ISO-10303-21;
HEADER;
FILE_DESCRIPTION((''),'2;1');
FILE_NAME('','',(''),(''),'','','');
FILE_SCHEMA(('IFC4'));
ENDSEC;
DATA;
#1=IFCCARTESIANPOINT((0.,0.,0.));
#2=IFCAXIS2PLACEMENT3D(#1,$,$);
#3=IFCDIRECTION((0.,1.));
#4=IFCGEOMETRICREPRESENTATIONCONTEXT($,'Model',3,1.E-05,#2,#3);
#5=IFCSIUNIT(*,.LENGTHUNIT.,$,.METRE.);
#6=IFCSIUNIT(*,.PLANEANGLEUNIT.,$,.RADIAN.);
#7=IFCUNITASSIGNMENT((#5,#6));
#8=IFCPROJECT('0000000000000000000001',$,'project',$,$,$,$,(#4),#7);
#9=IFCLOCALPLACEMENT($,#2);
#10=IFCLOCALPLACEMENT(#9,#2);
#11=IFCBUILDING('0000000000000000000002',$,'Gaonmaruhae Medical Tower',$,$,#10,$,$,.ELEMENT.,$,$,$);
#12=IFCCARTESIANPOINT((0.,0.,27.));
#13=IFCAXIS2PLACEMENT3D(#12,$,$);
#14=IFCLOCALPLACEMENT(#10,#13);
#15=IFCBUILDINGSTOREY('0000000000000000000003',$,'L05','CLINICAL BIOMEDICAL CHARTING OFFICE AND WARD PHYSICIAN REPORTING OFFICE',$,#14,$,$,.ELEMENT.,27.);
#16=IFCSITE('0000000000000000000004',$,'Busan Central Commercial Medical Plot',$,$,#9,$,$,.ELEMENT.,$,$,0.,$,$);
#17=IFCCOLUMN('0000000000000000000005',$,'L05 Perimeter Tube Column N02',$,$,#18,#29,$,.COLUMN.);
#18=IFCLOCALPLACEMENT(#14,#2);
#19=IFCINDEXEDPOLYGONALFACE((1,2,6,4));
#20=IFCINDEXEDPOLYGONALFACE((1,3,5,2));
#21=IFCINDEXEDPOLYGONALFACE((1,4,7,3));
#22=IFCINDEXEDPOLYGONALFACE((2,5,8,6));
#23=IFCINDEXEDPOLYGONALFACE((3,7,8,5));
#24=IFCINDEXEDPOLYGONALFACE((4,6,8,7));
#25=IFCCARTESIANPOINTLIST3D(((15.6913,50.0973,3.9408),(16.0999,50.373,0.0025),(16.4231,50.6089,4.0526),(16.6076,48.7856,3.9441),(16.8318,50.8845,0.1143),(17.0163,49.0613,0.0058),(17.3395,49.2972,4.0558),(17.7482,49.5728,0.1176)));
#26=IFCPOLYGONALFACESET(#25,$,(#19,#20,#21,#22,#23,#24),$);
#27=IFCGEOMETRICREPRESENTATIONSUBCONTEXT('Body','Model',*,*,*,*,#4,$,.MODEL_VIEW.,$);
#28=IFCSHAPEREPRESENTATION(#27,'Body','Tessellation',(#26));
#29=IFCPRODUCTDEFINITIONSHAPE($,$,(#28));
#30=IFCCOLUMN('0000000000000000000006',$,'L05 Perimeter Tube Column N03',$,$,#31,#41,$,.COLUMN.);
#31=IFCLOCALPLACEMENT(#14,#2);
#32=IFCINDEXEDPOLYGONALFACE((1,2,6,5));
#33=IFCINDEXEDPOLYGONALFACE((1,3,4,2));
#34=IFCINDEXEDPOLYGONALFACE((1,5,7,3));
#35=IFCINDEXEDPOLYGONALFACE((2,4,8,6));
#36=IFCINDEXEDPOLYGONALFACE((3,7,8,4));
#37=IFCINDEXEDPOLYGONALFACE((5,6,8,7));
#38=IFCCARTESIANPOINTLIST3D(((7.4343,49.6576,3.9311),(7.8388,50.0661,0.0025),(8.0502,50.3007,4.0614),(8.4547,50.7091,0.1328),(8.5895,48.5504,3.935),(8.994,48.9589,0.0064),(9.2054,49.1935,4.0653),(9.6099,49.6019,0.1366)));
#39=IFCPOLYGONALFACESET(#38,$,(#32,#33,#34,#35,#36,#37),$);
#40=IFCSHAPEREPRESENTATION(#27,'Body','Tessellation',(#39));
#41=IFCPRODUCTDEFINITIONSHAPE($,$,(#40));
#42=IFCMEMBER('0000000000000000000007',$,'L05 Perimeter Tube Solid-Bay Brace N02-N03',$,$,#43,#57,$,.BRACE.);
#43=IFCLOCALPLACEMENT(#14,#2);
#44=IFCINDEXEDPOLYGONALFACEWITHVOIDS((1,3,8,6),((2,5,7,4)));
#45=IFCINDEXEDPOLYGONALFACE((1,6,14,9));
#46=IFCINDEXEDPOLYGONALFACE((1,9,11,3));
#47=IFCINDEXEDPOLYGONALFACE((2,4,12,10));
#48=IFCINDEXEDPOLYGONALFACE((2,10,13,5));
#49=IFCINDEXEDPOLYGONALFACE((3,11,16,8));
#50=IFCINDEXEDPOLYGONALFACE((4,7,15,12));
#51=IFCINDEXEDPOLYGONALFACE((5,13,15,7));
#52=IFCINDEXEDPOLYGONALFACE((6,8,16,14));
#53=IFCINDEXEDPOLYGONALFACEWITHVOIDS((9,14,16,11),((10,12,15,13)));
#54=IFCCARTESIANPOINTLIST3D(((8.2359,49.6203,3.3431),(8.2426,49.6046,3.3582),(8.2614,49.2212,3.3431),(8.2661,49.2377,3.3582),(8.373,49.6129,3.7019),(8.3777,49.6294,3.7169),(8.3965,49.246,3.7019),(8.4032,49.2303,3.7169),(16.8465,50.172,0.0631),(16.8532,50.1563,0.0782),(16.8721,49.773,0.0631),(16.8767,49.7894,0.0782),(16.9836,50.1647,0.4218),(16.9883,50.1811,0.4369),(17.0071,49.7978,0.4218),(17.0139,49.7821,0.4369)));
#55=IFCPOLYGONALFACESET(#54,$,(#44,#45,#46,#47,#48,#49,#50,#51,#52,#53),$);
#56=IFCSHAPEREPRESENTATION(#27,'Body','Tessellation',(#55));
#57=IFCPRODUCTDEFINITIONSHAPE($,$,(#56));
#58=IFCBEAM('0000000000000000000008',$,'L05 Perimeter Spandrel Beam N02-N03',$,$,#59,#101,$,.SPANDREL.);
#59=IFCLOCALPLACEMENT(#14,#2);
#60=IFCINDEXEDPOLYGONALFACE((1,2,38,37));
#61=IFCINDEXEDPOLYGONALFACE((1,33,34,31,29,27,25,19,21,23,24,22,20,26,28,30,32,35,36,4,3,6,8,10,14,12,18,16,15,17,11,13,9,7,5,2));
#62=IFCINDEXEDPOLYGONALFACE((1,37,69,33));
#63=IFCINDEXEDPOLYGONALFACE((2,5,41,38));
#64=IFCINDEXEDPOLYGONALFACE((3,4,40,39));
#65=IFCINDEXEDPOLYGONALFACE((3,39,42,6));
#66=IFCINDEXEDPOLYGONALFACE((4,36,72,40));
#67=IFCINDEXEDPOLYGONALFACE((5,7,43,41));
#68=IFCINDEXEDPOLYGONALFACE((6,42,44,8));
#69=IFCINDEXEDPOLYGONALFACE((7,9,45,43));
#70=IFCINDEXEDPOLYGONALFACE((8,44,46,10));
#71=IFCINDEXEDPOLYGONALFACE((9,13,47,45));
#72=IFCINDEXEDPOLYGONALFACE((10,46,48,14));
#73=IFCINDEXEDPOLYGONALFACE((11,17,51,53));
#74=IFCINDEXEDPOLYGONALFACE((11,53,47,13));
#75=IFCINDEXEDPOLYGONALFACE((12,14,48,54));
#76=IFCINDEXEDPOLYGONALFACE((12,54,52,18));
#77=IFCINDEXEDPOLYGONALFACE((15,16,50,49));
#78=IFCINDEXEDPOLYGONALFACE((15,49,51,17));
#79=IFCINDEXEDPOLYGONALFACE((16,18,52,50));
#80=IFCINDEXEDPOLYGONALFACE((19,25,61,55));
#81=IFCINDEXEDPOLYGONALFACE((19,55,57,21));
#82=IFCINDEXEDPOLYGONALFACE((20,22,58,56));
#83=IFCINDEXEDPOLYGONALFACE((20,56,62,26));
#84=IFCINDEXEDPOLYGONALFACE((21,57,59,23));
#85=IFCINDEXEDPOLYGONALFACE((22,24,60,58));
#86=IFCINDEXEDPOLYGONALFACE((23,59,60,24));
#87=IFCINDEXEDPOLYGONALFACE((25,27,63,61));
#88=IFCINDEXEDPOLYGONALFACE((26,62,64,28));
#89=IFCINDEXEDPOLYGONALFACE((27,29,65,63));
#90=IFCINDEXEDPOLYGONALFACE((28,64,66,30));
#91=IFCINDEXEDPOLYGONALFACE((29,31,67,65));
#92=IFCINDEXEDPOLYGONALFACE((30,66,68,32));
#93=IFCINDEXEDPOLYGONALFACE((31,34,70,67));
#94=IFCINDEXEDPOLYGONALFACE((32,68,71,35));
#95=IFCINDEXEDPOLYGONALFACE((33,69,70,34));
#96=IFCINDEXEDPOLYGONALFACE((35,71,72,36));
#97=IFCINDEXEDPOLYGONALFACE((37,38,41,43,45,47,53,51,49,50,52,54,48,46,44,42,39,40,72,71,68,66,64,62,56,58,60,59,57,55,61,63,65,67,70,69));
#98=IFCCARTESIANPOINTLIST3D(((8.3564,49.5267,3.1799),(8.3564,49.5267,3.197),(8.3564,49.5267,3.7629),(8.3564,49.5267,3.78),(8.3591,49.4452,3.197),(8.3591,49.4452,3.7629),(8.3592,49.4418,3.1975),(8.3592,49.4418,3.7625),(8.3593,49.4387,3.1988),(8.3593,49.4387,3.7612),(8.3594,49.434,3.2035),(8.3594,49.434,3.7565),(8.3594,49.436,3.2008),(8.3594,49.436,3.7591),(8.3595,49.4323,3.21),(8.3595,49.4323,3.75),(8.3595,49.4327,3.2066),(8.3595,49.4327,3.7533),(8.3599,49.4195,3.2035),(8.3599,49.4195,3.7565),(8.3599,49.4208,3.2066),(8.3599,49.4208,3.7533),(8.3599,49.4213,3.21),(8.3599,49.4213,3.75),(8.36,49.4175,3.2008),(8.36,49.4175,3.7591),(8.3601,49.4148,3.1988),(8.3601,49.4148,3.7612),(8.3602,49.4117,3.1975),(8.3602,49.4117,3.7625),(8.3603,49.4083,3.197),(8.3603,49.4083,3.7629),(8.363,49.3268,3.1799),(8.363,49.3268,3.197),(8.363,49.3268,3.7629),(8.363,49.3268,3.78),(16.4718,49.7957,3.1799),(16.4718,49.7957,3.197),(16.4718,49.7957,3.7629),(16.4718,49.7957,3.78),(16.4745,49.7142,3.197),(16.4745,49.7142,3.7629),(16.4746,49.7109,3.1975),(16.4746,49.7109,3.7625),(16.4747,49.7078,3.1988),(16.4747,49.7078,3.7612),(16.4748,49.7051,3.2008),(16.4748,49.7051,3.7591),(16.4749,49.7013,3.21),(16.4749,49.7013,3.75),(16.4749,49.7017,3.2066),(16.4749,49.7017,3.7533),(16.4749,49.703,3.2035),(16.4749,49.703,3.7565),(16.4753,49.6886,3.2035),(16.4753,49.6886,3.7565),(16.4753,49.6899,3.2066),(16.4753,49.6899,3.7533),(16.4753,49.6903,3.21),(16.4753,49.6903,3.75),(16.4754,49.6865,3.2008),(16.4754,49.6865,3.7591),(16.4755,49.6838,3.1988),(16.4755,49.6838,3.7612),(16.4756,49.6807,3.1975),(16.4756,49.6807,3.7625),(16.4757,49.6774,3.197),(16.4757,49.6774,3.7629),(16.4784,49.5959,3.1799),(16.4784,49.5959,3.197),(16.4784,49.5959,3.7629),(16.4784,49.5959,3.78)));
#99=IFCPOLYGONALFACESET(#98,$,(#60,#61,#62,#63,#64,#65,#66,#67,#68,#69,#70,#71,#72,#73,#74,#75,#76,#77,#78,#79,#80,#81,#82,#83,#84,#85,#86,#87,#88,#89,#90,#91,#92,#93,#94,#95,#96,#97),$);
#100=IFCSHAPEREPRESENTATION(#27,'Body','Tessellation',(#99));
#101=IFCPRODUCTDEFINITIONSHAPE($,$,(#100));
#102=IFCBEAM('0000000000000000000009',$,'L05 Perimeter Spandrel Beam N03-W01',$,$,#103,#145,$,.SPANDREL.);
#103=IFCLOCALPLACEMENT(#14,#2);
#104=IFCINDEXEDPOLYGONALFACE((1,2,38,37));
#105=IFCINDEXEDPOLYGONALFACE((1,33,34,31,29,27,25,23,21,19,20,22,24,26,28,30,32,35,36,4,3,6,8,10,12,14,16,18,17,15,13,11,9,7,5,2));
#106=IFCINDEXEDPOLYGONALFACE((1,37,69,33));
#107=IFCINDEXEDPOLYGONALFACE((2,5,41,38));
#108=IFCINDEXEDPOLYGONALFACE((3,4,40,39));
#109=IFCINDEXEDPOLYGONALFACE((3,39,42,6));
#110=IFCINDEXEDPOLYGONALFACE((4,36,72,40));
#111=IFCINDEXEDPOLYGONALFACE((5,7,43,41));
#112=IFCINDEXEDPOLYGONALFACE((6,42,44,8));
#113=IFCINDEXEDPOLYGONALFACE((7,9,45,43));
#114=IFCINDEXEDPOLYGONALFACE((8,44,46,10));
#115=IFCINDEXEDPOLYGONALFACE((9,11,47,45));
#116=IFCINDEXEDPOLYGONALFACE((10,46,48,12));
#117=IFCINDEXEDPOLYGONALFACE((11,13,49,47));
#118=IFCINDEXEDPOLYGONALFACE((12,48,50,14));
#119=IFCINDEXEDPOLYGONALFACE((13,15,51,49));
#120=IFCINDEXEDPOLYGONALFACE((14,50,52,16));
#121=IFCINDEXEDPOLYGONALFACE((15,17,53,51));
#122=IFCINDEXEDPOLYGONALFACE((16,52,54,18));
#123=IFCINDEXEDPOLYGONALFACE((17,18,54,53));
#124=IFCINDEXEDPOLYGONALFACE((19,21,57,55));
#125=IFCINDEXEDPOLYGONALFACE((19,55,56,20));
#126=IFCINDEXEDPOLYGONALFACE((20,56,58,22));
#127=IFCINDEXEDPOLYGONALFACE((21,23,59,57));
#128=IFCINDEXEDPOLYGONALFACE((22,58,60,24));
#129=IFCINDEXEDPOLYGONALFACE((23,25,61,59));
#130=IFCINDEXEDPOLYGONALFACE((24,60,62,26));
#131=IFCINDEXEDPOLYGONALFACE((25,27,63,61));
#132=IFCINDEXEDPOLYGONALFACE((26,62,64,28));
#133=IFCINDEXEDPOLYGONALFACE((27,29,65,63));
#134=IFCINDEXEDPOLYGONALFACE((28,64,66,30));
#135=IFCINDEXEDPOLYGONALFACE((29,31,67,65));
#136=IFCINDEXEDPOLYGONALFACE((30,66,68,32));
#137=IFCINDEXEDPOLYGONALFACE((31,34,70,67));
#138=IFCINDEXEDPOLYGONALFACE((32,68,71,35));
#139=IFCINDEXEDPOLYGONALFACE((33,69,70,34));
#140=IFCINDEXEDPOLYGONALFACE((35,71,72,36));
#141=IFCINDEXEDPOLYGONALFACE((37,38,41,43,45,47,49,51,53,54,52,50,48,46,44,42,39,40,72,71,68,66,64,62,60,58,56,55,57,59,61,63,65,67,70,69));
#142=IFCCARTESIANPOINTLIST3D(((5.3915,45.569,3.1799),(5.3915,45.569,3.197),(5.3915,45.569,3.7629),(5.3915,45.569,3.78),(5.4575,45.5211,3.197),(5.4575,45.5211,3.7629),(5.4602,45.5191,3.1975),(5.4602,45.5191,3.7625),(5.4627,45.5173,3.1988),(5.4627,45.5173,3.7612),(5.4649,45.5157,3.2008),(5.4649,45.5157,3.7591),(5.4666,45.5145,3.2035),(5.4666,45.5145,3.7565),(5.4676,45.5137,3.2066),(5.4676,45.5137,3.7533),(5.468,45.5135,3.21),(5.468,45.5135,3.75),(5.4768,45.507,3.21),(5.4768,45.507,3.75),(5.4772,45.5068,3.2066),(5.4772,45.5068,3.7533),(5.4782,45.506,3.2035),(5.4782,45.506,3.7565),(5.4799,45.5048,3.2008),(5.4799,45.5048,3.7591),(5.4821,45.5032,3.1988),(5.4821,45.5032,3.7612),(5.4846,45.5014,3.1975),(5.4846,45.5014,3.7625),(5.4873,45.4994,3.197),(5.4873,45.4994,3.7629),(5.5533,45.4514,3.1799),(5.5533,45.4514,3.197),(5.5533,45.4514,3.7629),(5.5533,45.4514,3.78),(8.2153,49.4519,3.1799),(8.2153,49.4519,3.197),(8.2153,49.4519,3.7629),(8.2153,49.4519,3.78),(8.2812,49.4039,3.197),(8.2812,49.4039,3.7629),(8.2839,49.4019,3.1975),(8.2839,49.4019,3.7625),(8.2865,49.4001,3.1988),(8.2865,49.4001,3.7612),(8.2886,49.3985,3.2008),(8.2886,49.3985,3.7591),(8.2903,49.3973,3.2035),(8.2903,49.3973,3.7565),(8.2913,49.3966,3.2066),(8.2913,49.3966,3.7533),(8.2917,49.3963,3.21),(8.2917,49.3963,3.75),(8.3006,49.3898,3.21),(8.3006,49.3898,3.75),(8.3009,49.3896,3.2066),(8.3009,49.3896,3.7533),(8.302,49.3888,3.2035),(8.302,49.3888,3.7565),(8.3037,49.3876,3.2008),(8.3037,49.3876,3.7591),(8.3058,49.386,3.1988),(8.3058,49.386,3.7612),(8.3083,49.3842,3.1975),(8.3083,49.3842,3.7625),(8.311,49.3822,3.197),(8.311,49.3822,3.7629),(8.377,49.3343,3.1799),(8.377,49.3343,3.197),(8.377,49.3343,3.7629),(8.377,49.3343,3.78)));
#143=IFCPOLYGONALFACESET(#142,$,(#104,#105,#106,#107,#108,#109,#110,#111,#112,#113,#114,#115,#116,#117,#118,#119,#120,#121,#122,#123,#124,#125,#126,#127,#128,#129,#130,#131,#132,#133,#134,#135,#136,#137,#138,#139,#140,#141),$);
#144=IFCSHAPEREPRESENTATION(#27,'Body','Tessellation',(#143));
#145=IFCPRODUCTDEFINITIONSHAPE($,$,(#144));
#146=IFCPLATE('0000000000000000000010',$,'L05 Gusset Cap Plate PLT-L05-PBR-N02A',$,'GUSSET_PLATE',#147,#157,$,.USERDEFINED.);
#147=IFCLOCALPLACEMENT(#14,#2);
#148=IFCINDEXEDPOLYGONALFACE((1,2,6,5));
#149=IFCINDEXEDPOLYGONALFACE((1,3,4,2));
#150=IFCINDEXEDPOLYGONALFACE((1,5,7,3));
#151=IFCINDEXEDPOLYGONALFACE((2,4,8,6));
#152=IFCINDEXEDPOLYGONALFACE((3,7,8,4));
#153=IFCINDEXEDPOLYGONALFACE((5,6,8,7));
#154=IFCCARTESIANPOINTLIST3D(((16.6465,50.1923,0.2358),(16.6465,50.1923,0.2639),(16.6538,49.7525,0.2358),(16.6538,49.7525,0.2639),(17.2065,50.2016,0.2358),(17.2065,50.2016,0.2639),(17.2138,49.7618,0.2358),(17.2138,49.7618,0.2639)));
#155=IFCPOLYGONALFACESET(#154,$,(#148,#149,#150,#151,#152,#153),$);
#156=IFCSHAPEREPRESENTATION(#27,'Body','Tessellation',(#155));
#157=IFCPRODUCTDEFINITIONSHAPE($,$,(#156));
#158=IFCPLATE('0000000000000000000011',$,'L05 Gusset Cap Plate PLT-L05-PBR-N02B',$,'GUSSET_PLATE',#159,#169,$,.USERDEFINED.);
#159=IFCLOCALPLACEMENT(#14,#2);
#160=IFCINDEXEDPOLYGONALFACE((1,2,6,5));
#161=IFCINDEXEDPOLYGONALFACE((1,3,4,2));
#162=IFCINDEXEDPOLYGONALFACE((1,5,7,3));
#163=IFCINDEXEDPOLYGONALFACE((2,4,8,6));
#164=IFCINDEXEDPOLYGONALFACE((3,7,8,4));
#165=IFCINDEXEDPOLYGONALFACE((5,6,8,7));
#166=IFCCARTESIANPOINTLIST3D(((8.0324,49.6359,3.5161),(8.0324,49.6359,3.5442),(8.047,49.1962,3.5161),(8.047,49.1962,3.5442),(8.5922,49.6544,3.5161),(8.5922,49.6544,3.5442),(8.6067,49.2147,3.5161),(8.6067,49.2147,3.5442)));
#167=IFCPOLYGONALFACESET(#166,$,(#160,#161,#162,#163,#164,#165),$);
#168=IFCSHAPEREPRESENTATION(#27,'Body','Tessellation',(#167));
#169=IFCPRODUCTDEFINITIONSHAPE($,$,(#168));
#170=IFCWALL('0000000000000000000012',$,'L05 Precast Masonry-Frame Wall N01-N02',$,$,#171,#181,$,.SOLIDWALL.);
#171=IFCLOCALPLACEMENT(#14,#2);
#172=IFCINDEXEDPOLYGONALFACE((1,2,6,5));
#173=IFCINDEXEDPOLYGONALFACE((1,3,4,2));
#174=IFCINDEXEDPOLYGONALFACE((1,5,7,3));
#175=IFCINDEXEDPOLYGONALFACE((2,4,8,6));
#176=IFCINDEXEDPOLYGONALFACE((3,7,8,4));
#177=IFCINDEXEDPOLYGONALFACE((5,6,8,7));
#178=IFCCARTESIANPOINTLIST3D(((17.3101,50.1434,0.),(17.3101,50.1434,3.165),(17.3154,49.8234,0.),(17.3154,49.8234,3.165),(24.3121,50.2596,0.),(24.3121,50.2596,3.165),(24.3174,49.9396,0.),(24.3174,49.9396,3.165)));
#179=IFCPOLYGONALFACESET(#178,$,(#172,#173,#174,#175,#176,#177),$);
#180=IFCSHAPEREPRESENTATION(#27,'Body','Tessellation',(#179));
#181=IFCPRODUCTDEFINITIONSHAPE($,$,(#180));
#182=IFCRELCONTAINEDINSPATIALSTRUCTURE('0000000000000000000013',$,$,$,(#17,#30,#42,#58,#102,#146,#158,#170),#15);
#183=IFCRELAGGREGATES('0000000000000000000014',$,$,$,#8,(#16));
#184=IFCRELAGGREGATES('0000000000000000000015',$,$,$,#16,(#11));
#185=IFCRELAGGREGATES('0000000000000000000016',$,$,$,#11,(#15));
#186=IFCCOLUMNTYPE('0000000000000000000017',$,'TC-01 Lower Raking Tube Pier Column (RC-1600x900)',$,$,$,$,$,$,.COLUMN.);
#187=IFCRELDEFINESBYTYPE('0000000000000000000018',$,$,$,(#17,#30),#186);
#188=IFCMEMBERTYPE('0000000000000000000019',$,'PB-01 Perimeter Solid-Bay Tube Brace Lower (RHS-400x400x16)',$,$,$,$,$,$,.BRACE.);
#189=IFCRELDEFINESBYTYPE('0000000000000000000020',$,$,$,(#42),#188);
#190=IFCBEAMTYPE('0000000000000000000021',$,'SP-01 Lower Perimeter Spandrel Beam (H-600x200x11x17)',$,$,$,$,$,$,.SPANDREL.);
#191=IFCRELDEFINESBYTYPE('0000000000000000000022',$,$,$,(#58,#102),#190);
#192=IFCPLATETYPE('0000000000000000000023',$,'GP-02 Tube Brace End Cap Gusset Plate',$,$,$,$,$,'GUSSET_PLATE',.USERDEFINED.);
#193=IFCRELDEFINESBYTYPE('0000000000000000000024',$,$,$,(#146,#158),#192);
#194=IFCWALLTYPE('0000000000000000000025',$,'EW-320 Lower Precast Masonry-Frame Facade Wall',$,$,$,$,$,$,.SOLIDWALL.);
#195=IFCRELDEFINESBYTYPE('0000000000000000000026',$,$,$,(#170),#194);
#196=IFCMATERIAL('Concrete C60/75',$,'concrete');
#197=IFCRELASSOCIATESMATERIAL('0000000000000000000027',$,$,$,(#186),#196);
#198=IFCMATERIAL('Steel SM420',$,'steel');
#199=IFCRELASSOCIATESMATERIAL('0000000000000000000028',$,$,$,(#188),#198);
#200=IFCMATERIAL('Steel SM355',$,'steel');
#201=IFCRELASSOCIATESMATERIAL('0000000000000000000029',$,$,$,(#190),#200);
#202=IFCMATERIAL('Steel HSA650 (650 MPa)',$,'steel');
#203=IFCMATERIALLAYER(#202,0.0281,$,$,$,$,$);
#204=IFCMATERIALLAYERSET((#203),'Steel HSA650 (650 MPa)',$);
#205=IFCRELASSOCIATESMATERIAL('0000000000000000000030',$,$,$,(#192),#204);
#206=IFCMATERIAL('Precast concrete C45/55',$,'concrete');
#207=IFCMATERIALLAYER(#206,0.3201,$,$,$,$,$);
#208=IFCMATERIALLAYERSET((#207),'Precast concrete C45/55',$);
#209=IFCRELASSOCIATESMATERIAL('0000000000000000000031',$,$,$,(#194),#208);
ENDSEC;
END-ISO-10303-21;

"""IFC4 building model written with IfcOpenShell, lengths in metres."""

from ifc_helpers import new_model, si_unit, direction, frame, frame_2d, origin, origin_2d, place, context, subcontext, project, spatial, rectangle, hollow_rectangle, i_section, extrude, material, layer, layer_set, material_profile, profile_set, type_object, element, save


model = new_model("IFC4")

# Units and contexts
model_context = context("Model", 3, precision=1e-05, world=origin(), true_north=direction((0.0, 1.0)))
body_context = subcontext(model_context, "Body", "Model", "MODEL_VIEW")
ifc_project = project(units=[si_unit("LENGTHUNIT", "METRE"), si_unit("PLANEANGLEUNIT", "RADIAN")], contexts=[model_context])

# Site, building, storey
site_placement = place(None, origin())
site = spatial("IfcSite", under=ifc_project, at=site_placement, Name="Busan Central Commercial Medical Plot", CompositionType="ELEMENT", RefElevation=0.0)
building_placement = place(site_placement, origin())
building = spatial("IfcBuilding", under=site, at=building_placement, Name="Gaonmaruhae Medical Tower", CompositionType="ELEMENT")
storey_placement = place(building_placement, frame((0.0, 0.0, 27.0)))
storey = spatial("IfcBuildingStorey", under=building, at=storey_placement, Name="L05", Description="CLINICAL BIOMEDICAL CHARTING OFFICE AND WARD PHYSICIAN REPORTING OFFICE", CompositionType="ELEMENT", Elevation=27.0)

# Columns
ifc_material_1 = material(Name="Concrete C60/75", Category="concrete")
ifc_material_profile_1 = material_profile(ifc_material_1, rectangle(XDim=1.6001, YDim=0.8999, at=origin_2d()), Name="RC-1600x900")
ifc_profile_set_1 = profile_set([ifc_material_profile_1], Name="Concrete C60/75")
column_type = type_object("IfcColumnType", Name="TC-01 Lower Raking Tube Pier Column (RC-1600x900)", PredefinedType="COLUMN", material=ifc_profile_set_1)
column_1_placement = place(storey_placement, frame((16.9241, 49.9729, 0.0601), z_axis=(-0.102972, -0.069448, 0.992257), x_axis=(0.572712, -0.819754, 0.002059)))
element("IfcColumn", 1, at=column_1_placement, inside=storey, type_object=column_type, Name="L05 Perimeter Tube Column N02", PredefinedType="COLUMN", context=body_context, shape_type="SweptSolid", body=[
    extrude(rectangle(XDim=1.6001, YDim=0.8999, at=origin_2d()), origin(), (0.0, 0.0, 1.0), 3.969),
])
column_2_placement = place(storey_placement, frame((8.7244, 49.834, 0.0696), z_axis=(-0.101885, -0.102869, 0.989463), x_axis=(0.721943, -0.691949, 0.002401)))
element("IfcColumn", 2, at=column_2_placement, inside=storey, type_object=column_type, Name="L05 Perimeter Tube Column N03", PredefinedType="COLUMN", context=body_context, shape_type="SweptSolid", body=[
    extrude(rectangle(XDim=1.6001, YDim=0.8999, at=origin_2d()), origin(), (0.0, 0.0, 1.0), 3.9705),
])

# Member
ifc_material_2 = material(Name="Steel SM420", Category="steel")
ifc_material_profile_2 = material_profile(ifc_material_2, hollow_rectangle(XDim=0.3999, YDim=0.3999, WallThickness=0.0161, at=origin_2d()), Name="RHS-400x400x16")
ifc_profile_set_2 = profile_set([ifc_material_profile_2], Name="Steel SM420")
member_type = type_object("IfcMemberType", Name="PB-01 Perimeter Solid-Bay Tube Brace Lower (RHS-400x400x16)", PredefinedType="BRACE", material=ifc_profile_set_2)
member_placement = place(storey_placement, frame((16.9302, 49.9771, 0.25), z_axis=(-0.932824, -0.059774, 0.35534), x_axis=(0.063948, -0.997953, 0.0)))
element("IfcMember", 3, at=member_placement, inside=storey, type_object=member_type, Name="L05 Perimeter Tube Solid-Bay Brace N02-N03", PredefinedType="BRACE", context=body_context, shape_type="SweptSolid", body=[
    extrude(hollow_rectangle(XDim=0.3999, YDim=0.3999, WallThickness=0.0161, at=origin_2d()), origin(), (0.0, 0.0, 1.0), 9.2307),
])

# Beams
ifc_material_3 = material(Name="Steel SM355", Category="steel")
ifc_material_profile_3 = material_profile(ifc_material_3, i_section(OverallWidth=0.2, OverallDepth=0.6001, WebThickness=0.011, FlangeThickness=0.0171, FilletRadius=0.0129, at=origin_2d()), Name="H-600x200x11x17")
ifc_profile_set_3 = profile_set([ifc_material_profile_3], Name="Steel SM355")
beam_type = type_object("IfcBeamType", Name="SP-01 Lower Perimeter Spandrel Beam (H-600x200x11x17)", PredefinedType="SPANDREL", material=ifc_profile_set_3)
beam_1_placement = place(storey_placement, frame((16.4751, 49.6958, 3.48), z_axis=(-0.999451, -0.033134, 0.0), x_axis=(0.033134, -0.999451, 0.0)))
element("IfcBeam", 4, at=beam_1_placement, inside=storey, type_object=beam_type, Name="L05 Perimeter Spandrel Beam N02-N03", PredefinedType="SPANDREL", context=body_context, shape_type="SweptSolid", body=[
    extrude(i_section(OverallWidth=0.2, OverallDepth=0.6001, WebThickness=0.011, FlangeThickness=0.0171, FilletRadius=0.0129, at=origin_2d()), origin(), (0.0, 0.0, 1.0), 8.1199),
])
beam_2_placement = place(storey_placement, frame((8.2961, 49.3931, 3.48), z_axis=(-0.588154, -0.808749, 0.0), x_axis=(0.808749, -0.588154, 0.0)))
element("IfcBeam", 5, at=beam_2_placement, inside=storey, type_object=beam_type, Name="L05 Perimeter Spandrel Beam N03-W01", PredefinedType="SPANDREL", context=body_context, shape_type="SweptSolid", body=[
    extrude(i_section(OverallWidth=0.2, OverallDepth=0.6001, WebThickness=0.011, FlangeThickness=0.0171, FilletRadius=0.0129, at=origin_2d()), origin(), (0.0, 0.0, 1.0), 4.801),
])

# Plates
ifc_material_4 = material(Name="Steel HSA650 (650 MPa)", Category="steel")
ifc_layer_1 = layer(ifc_material_4, 0.0281)
ifc_layer_set_1 = layer_set([ifc_layer_1], Name="Steel HSA650 (650 MPa)")
plate_type = type_object("IfcPlateType", Name="GP-02 Tube Brace End Cap Gusset Plate", ElementType="GUSSET_PLATE", PredefinedType="USERDEFINED", material=ifc_layer_set_1)
for number, where, z_axis, x_axis, name in (
    (6, (16.9302, 49.9771, 0.2358), (0.0, 0.0, 1.0), (0.999863, 0.01658, 0.0), "L05 Gusset Cap Plate PLT-L05-PBR-N02A"),
    (7, (8.3196, 49.4253, 3.5161), (0.0, 0.0, 1.0), (0.99945, 0.033155, 0.0), "L05 Gusset Cap Plate PLT-L05-PBR-N02B"),
):
    element("IfcPlate", number, at=place(storey_placement, frame(where, z_axis=z_axis, x_axis=x_axis)), inside=storey, type_object=plate_type, Name=name, ObjectType="GUSSET_PLATE", PredefinedType="USERDEFINED", context=body_context, shape_type="SweptSolid", body=[
        extrude(rectangle(XDim=0.5601, YDim=0.4399, at=origin_2d()), origin(), (0.0, 0.0, 1.0), 0.0281),
    ])

# Wall
ifc_material_5 = material(Name="Precast concrete C45/55", Category="concrete")
ifc_layer_2 = layer(ifc_material_5, 0.3201)
ifc_layer_set_2 = layer_set([ifc_layer_2], Name="Precast concrete C45/55")
wall_type_1 = type_object("IfcWallType", Name="EW-320 Lower Precast Masonry-Frame Facade Wall", PredefinedType="SOLIDWALL", material=ifc_layer_set_2)
wall_1_placement = place(storey_placement, frame((17.3127, 49.9834, 0.0), z_axis=(0.0, 0.0, 1.0), x_axis=(0.999862, 0.016595, 0.0)))
element("IfcWall", 8, at=wall_1_placement, inside=storey, type_object=wall_type_1, Name="L05 Precast Masonry-Frame Wall N01-N02", PredefinedType="SOLIDWALL", context=body_context, shape_type="SweptSolid", body=[
    extrude(rectangle(XDim=7.0029, YDim=0.3201, at=frame_2d((3.5015, 0.0))), origin(), (0.0, 0.0, 1.0), 3.165),
])

save(model, "model.ifc")
